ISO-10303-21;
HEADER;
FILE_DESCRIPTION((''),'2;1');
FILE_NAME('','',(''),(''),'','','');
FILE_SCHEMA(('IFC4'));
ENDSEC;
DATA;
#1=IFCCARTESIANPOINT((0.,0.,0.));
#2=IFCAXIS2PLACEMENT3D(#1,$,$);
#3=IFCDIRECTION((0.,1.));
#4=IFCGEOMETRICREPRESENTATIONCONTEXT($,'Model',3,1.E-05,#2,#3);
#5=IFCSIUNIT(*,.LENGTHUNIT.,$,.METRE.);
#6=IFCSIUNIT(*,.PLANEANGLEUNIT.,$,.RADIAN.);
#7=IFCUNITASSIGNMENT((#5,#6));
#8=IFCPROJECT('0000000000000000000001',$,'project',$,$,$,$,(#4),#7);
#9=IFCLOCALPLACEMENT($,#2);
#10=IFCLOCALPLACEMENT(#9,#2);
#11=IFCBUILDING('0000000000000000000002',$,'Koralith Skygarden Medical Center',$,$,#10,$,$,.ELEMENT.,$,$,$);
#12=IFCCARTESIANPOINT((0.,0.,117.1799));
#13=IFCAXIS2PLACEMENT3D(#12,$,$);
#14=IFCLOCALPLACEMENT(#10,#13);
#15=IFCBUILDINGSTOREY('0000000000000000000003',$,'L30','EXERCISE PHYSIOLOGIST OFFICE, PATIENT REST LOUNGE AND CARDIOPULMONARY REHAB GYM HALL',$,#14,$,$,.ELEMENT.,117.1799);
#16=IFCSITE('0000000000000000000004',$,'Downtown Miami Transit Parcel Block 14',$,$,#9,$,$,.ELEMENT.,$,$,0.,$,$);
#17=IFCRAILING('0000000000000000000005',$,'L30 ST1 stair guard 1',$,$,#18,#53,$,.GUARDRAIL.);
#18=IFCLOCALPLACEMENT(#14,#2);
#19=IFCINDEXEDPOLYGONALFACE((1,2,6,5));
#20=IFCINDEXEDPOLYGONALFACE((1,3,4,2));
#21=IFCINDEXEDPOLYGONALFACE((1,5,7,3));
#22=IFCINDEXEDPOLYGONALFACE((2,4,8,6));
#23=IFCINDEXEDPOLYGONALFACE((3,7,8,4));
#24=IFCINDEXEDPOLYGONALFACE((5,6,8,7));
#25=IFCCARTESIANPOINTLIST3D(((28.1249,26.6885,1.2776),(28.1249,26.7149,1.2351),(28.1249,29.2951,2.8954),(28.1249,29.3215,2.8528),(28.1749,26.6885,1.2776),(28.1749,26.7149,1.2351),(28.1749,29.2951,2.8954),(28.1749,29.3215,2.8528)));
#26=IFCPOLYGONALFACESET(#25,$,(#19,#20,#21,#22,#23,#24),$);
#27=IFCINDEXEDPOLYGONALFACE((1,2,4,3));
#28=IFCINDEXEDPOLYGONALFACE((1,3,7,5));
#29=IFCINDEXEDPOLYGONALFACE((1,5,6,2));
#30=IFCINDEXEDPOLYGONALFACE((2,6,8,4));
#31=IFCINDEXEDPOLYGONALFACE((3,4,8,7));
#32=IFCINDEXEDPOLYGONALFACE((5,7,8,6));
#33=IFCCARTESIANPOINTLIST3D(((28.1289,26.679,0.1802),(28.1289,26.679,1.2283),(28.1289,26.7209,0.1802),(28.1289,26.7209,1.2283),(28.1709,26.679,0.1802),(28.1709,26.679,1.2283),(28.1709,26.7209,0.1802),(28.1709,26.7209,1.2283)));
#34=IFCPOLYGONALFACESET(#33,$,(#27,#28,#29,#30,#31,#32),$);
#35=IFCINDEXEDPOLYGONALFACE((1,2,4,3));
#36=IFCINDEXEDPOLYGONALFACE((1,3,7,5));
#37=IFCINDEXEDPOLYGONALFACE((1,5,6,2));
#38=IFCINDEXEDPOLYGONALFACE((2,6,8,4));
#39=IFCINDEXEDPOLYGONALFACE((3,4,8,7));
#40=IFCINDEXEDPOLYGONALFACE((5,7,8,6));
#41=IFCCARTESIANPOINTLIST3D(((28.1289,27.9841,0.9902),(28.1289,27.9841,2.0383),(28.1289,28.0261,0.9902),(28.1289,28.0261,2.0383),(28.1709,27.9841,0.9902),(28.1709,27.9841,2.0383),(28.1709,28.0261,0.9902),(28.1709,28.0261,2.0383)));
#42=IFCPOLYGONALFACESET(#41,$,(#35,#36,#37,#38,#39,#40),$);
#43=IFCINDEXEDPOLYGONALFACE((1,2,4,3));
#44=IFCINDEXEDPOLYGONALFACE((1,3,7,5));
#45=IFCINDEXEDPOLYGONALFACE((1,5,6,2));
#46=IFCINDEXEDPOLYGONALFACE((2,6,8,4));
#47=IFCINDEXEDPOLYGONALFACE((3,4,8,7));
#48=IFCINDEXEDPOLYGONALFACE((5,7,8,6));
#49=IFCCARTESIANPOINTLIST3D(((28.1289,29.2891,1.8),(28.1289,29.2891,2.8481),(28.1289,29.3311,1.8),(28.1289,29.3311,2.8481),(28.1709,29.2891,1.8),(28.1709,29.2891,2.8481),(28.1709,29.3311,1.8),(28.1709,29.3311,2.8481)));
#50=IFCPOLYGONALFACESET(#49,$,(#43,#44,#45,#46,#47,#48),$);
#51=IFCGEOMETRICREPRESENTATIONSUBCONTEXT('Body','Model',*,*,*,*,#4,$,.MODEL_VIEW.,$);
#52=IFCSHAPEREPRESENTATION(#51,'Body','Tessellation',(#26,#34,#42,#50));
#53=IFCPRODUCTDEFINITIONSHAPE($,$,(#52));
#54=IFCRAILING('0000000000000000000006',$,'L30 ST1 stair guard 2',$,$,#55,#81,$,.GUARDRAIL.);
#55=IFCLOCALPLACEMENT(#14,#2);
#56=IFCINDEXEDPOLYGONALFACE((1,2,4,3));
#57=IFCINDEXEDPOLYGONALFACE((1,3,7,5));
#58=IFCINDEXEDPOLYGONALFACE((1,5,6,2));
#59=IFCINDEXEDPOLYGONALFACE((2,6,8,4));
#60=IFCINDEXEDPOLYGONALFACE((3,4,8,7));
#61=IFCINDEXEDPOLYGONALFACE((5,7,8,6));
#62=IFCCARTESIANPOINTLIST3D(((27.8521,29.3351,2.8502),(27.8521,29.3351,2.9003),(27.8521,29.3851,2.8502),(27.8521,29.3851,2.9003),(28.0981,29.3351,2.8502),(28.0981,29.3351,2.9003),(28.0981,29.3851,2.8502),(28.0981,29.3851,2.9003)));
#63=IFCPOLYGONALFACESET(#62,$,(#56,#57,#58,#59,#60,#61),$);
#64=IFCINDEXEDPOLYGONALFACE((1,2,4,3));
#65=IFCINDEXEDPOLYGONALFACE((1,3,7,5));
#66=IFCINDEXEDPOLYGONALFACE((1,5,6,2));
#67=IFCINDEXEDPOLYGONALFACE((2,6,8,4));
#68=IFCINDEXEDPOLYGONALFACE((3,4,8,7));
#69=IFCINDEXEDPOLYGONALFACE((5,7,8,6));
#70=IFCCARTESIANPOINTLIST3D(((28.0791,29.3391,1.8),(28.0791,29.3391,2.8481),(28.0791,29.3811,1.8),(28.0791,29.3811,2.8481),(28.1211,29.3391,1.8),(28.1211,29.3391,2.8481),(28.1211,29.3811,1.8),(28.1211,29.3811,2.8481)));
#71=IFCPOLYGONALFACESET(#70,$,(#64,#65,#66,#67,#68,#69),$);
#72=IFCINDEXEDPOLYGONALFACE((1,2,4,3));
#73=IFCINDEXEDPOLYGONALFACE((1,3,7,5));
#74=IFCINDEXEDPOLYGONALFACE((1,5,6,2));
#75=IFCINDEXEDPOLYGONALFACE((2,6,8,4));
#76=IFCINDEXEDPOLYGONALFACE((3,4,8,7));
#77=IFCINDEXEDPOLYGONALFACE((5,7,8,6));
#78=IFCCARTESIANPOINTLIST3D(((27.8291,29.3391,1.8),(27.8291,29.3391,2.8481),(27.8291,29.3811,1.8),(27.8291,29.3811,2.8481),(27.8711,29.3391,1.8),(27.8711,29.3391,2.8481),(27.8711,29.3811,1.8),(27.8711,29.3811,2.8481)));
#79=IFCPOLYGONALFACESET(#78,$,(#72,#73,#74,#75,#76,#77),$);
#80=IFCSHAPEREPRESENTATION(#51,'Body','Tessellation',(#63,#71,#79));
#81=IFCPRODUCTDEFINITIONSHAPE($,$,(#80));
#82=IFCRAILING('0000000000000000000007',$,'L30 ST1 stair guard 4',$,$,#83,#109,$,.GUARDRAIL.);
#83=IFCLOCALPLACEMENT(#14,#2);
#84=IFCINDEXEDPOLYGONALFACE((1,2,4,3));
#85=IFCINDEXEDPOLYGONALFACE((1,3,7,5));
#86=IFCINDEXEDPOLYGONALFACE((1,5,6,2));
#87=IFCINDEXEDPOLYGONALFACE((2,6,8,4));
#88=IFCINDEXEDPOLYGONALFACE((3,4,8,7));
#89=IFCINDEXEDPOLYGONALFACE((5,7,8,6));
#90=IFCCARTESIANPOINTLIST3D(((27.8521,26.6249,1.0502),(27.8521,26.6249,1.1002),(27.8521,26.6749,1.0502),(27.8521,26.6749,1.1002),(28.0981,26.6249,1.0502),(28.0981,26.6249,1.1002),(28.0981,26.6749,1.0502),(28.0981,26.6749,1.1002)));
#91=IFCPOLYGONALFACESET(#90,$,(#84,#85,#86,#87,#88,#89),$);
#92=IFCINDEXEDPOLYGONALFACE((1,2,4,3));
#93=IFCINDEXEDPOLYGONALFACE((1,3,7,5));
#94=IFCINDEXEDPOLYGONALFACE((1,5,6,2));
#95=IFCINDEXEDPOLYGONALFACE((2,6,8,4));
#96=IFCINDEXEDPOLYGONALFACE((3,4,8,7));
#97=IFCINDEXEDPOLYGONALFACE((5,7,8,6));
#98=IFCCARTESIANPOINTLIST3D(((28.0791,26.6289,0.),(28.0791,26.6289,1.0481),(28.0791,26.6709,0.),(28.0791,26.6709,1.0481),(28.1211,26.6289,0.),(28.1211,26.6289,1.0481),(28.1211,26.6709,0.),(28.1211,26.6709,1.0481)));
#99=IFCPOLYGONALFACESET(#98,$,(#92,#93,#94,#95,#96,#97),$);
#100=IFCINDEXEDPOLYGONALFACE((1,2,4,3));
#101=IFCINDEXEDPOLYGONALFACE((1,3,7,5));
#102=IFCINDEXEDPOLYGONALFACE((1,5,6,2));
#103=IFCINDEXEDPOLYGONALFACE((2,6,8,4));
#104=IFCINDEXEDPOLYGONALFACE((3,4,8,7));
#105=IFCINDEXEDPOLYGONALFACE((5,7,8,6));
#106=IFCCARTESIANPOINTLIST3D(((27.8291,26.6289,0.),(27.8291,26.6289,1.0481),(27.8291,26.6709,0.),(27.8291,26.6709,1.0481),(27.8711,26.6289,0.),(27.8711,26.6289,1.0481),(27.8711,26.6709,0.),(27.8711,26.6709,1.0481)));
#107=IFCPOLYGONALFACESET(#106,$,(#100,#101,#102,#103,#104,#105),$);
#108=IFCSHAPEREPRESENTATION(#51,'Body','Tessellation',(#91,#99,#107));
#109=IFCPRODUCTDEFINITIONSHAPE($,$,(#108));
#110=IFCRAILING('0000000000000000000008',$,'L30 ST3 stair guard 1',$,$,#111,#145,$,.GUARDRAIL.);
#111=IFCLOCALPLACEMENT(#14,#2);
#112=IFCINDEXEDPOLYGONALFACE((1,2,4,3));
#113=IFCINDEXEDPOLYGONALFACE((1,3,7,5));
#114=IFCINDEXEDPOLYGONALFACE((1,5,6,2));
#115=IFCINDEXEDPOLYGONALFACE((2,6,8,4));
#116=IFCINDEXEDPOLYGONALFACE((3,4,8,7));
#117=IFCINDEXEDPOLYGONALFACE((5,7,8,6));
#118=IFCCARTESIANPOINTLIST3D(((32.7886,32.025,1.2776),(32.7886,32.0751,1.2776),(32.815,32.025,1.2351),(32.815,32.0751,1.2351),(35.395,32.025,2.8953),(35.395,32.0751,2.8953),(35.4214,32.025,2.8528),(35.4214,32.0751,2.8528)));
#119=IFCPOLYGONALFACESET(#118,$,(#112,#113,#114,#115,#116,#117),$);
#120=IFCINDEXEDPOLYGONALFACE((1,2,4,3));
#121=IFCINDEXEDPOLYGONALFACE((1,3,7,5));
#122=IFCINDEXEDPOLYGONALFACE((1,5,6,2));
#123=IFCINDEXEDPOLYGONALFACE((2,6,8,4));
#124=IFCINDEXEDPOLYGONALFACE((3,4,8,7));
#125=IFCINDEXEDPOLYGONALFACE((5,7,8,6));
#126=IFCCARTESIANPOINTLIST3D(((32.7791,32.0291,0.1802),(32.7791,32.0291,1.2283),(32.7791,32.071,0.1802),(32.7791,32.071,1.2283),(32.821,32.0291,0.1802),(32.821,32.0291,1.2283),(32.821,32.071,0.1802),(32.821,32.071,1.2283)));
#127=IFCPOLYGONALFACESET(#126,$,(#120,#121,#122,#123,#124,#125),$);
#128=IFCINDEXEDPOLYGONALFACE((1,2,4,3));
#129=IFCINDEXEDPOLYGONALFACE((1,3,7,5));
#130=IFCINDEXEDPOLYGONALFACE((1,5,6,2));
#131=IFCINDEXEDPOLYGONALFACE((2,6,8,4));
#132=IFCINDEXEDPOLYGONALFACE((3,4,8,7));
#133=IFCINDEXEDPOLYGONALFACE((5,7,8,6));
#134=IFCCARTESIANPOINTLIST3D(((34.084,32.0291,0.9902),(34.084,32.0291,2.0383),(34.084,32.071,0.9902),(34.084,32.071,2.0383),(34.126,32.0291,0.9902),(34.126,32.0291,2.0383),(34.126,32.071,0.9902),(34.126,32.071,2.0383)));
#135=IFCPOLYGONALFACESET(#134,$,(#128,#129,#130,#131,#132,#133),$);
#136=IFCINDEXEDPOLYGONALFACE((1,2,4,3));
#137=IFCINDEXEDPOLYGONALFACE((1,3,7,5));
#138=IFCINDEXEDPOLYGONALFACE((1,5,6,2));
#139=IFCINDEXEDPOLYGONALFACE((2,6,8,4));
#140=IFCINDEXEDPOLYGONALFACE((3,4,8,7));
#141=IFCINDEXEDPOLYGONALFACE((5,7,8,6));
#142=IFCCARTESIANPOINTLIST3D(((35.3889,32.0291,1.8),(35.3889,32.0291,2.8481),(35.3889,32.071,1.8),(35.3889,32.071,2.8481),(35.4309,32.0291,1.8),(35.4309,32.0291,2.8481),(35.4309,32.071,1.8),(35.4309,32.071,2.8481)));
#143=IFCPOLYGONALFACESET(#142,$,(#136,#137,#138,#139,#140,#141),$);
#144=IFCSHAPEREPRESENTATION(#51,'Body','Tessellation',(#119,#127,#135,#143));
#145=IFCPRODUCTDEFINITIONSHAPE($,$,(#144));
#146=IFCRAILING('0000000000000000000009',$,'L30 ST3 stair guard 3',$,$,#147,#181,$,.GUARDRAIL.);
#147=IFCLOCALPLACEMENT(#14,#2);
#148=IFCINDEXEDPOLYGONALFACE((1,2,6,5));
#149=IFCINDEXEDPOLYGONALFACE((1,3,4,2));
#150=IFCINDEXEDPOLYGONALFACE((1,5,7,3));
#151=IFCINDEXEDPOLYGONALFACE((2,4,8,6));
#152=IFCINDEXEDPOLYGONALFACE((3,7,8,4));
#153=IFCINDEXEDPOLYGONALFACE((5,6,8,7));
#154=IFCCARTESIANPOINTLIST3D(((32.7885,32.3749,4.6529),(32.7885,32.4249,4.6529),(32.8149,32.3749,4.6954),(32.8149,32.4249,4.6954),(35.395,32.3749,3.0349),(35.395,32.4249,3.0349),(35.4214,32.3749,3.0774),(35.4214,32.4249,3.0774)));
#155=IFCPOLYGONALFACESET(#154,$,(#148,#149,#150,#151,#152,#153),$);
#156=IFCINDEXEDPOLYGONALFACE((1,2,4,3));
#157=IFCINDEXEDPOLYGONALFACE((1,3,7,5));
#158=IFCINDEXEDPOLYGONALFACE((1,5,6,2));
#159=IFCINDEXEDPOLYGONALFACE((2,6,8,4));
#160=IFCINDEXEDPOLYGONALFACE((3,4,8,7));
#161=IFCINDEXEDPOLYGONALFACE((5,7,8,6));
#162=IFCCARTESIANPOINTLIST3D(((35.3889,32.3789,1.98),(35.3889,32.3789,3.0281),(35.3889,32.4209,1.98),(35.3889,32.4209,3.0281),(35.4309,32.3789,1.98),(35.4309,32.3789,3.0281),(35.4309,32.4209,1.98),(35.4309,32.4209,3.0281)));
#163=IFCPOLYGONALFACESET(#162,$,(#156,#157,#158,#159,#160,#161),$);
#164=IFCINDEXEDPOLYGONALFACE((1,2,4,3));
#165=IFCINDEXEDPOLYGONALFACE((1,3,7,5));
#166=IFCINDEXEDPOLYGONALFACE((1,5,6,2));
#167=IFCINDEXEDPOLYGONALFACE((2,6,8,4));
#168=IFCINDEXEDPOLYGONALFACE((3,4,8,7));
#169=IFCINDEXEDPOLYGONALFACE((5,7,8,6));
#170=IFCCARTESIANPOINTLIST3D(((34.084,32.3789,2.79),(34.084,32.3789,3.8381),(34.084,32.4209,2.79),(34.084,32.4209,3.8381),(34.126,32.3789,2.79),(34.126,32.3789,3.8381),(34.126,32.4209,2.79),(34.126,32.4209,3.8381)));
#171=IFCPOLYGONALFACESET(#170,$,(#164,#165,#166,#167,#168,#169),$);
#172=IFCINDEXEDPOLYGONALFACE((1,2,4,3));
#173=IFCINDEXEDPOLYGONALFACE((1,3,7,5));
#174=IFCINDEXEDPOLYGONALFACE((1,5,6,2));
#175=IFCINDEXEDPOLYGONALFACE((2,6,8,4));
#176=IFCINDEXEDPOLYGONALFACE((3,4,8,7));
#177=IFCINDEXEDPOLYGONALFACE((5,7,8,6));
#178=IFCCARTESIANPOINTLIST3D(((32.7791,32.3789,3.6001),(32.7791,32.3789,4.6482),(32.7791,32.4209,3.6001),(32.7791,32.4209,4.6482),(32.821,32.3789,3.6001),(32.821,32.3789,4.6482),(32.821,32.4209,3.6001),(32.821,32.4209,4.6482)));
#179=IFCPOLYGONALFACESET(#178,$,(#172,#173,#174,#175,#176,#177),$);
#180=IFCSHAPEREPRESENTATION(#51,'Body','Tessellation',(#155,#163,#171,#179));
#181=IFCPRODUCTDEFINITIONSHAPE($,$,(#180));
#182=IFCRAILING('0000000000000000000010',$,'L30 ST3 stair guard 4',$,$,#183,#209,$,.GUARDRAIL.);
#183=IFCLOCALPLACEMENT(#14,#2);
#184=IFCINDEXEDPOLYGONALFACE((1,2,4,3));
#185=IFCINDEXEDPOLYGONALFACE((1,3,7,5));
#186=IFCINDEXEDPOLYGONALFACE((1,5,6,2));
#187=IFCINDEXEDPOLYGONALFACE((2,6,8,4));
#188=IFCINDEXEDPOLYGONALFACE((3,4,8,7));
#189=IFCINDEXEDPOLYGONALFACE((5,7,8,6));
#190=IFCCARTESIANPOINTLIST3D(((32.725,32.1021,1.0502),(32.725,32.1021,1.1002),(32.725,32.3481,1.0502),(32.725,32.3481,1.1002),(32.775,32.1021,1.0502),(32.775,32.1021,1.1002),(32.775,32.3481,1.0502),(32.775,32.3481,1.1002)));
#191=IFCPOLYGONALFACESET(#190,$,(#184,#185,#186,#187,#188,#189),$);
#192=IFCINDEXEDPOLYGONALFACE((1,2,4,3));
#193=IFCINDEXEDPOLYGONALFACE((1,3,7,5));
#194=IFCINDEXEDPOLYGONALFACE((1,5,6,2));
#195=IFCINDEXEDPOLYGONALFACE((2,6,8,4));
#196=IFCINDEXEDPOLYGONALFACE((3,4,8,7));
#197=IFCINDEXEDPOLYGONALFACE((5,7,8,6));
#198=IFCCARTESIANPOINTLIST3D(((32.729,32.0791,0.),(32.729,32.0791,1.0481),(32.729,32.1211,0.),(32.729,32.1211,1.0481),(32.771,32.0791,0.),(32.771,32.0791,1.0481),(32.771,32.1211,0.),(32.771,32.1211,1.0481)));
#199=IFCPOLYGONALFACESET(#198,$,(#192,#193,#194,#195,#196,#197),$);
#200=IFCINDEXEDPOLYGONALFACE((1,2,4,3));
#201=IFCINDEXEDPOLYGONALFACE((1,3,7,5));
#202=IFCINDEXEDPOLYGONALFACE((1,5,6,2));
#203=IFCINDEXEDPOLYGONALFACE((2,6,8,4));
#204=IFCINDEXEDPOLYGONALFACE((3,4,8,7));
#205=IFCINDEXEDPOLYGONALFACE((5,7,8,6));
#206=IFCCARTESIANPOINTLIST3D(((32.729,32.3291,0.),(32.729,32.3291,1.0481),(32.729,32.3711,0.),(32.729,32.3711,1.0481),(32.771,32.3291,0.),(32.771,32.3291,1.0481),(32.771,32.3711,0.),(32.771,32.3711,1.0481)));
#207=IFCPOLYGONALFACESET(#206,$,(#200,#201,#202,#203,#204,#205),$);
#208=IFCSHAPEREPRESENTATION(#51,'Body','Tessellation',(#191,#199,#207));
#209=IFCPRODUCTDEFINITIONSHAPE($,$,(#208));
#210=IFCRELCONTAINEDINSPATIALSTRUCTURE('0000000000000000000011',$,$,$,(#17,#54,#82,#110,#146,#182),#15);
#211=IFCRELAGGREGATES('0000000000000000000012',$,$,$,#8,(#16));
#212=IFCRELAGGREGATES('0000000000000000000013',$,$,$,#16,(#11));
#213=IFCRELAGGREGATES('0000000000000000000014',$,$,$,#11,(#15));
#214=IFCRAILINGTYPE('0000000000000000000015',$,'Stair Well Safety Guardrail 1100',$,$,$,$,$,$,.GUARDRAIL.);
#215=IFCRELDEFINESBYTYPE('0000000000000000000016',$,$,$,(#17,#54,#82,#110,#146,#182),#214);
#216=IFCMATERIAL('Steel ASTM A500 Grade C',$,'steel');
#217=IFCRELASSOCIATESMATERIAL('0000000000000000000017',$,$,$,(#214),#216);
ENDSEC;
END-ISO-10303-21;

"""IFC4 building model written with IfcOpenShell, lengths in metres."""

from ifc_helpers import new_model, si_unit, direction, frame, origin, origin_2d, place, context, subcontext, project, spatial, rectangle, extrude, material, type_object, element, save


model = new_model("IFC4")

# Units and contexts
model_context = context("Model", 3, precision=1e-05, world=origin(), true_north=direction((0.0, 1.0)))
body_context = subcontext(model_context, "Body", "Model", "MODEL_VIEW")
ifc_project = project(units=[si_unit("LENGTHUNIT", "METRE"), si_unit("PLANEANGLEUNIT", "RADIAN")], contexts=[model_context])

# Site, building, storey
site_placement = place(None, origin())
site = spatial("IfcSite", under=ifc_project, at=site_placement, Name="Downtown Miami Transit Parcel Block 14", CompositionType="ELEMENT", RefElevation=0.0)
building_placement = place(site_placement, origin())
building = spatial("IfcBuilding", under=site, at=building_placement, Name="Koralith Skygarden Medical Center", CompositionType="ELEMENT")
storey_placement = place(building_placement, frame((0.0, 0.0, 117.1799)))
storey = spatial("IfcBuildingStorey", under=building, at=storey_placement, Name="L30", Description="EXERCISE PHYSIOLOGIST OFFICE, PATIENT REST LOUNGE AND CARDIOPULMONARY REHAB GYM HALL", CompositionType="ELEMENT", Elevation=117.1799)

# Railings
ifc_material_1 = material(Name="Steel ASTM A500 Grade C", Category="steel")
railing_type_1 = type_object("IfcRailingType", Name="Stair Well Safety Guardrail 1100", PredefinedType="GUARDRAIL", material=ifc_material_1)
railing_1_placement = place(storey_placement, frame((28.1499, 26.7, 0.1802)))
element("IfcRailing", 1, at=railing_1_placement, inside=storey, type_object=railing_type_1, Name="L30 ST1 stair guard 1", PredefinedType="GUARDRAIL", context=body_context, shape_type="SweptSolid", body=[
    extrude(rectangle(XDim=0.05, YDim=0.05, at=origin_2d()), frame((0.0, 0.0017, 1.0762), z_axis=(0.0, 0.849668, 0.527317), x_axis=(-1.0, 0.0, 0.0)), (0.0, 0.0, 1.0), 3.0679),
    extrude(rectangle(XDim=0.042, YDim=0.042, at=origin_2d()), origin(), (0.0, 0.0, 1.0), 1.0481),
    extrude(rectangle(XDim=0.042, YDim=0.042, at=origin_2d()), frame((0.0, 1.3052, 0.8101)), (0.0, 0.0, 1.0), 1.0481),
    extrude(rectangle(XDim=0.042, YDim=0.042, at=origin_2d()), frame((0.0, 2.6101, 1.6199)), (0.0, 0.0, 1.0), 1.0481),
])
for number, where, name in (
    (2, (28.1001, 29.3601, 1.8), "L30 ST1 stair guard 2"),
    (3, (28.1001, 26.6499, 0.0), "L30 ST1 stair guard 4"),
):
    element("IfcRailing", number, at=place(storey_placement, frame(where)), inside=storey, type_object=railing_type_1, Name=name, PredefinedType="GUARDRAIL", context=body_context, shape_type="SweptSolid", body=[
        extrude(rectangle(XDim=0.05, YDim=0.05, at=origin_2d()), frame((-0.002, 0.0, 1.0752), z_axis=(-1.0, 0.0, 0.0), x_axis=(0.0, -1.0, 0.0)), (0.0, 0.0, 1.0), 0.2461),
        extrude(rectangle(XDim=0.042, YDim=0.042, at=origin_2d()), origin(), (0.0, 0.0, 1.0), 1.0481),
        extrude(rectangle(XDim=0.042, YDim=0.042, at=origin_2d()), frame((-0.25, 0.0, 0.0)), (0.0, 0.0, 1.0), 1.0481),
    ])
railing_2_placement = place(storey_placement, frame((32.8, 32.05, 0.1802)))
element("IfcRailing", 4, at=railing_2_placement, inside=storey, type_object=railing_type_1, Name="L30 ST3 stair guard 1", PredefinedType="GUARDRAIL", context=body_context, shape_type="SweptSolid", body=[
    extrude(rectangle(XDim=0.05, YDim=0.05, at=origin_2d()), frame((0.0017, 0.0, 1.0762), z_axis=(0.849646, 0.0, 0.527353), x_axis=(0.0, 1.0, 0.0)), (0.0, 0.0, 1.0), 3.0676),
    extrude(rectangle(XDim=0.042, YDim=0.042, at=origin_2d()), origin(), (0.0, 0.0, 1.0), 1.0481),
    extrude(rectangle(XDim=0.042, YDim=0.042, at=origin_2d()), frame((1.3049, 0.0, 0.8101)), (0.0, 0.0, 1.0), 1.0481),
    extrude(rectangle(XDim=0.042, YDim=0.042, at=origin_2d()), frame((2.6099, 0.0, 1.6199)), (0.0, 0.0, 1.0), 1.0481),
])
railing_3_placement = place(storey_placement, frame((35.4099, 32.3999, 1.98)))
element("IfcRailing", 5, at=railing_3_placement, inside=storey, type_object=railing_type_1, Name="L30 ST3 stair guard 3", PredefinedType="GUARDRAIL", context=body_context, shape_type="SweptSolid", body=[
    extrude(rectangle(XDim=0.05, YDim=0.05, at=origin_2d()), frame((-0.0017, 0.0, 1.0762), z_axis=(-0.849611, 0.0, 0.52741), x_axis=(0.0, -1.0, 0.0)), (0.0, 0.0, 1.0), 3.0679),
    extrude(rectangle(XDim=0.042, YDim=0.042, at=origin_2d()), origin(), (0.0, 0.0, 1.0), 1.0481),
    extrude(rectangle(XDim=0.042, YDim=0.042, at=origin_2d()), frame((-1.3049, 0.0, 0.8101)), (0.0, 0.0, 1.0), 1.0481),
    extrude(rectangle(XDim=0.042, YDim=0.042, at=origin_2d()), frame((-2.6099, 0.0, 1.6201)), (0.0, 0.0, 1.0), 1.0481),
])
railing_4_placement = place(storey_placement, frame((32.75, 32.1001, 0.0)))
element("IfcRailing", 6, at=railing_4_placement, inside=storey, type_object=railing_type_1, Name="L30 ST3 stair guard 4", PredefinedType="GUARDRAIL", context=body_context, shape_type="SweptSolid", body=[
    extrude(rectangle(XDim=0.05, YDim=0.05, at=origin_2d()), frame((0.0, 0.002, 1.0752), z_axis=(0.0, 1.0, 0.0), x_axis=(-1.0, 0.0, 0.0)), (0.0, 0.0, 1.0), 0.2461),
    extrude(rectangle(XDim=0.042, YDim=0.042, at=origin_2d()), origin(), (0.0, 0.0, 1.0), 1.0481),
    extrude(rectangle(XDim=0.042, YDim=0.042, at=origin_2d()), frame((0.0, 0.25, 0.0)), (0.0, 0.0, 1.0), 1.0481),
])

save(model, "model.ifc")
